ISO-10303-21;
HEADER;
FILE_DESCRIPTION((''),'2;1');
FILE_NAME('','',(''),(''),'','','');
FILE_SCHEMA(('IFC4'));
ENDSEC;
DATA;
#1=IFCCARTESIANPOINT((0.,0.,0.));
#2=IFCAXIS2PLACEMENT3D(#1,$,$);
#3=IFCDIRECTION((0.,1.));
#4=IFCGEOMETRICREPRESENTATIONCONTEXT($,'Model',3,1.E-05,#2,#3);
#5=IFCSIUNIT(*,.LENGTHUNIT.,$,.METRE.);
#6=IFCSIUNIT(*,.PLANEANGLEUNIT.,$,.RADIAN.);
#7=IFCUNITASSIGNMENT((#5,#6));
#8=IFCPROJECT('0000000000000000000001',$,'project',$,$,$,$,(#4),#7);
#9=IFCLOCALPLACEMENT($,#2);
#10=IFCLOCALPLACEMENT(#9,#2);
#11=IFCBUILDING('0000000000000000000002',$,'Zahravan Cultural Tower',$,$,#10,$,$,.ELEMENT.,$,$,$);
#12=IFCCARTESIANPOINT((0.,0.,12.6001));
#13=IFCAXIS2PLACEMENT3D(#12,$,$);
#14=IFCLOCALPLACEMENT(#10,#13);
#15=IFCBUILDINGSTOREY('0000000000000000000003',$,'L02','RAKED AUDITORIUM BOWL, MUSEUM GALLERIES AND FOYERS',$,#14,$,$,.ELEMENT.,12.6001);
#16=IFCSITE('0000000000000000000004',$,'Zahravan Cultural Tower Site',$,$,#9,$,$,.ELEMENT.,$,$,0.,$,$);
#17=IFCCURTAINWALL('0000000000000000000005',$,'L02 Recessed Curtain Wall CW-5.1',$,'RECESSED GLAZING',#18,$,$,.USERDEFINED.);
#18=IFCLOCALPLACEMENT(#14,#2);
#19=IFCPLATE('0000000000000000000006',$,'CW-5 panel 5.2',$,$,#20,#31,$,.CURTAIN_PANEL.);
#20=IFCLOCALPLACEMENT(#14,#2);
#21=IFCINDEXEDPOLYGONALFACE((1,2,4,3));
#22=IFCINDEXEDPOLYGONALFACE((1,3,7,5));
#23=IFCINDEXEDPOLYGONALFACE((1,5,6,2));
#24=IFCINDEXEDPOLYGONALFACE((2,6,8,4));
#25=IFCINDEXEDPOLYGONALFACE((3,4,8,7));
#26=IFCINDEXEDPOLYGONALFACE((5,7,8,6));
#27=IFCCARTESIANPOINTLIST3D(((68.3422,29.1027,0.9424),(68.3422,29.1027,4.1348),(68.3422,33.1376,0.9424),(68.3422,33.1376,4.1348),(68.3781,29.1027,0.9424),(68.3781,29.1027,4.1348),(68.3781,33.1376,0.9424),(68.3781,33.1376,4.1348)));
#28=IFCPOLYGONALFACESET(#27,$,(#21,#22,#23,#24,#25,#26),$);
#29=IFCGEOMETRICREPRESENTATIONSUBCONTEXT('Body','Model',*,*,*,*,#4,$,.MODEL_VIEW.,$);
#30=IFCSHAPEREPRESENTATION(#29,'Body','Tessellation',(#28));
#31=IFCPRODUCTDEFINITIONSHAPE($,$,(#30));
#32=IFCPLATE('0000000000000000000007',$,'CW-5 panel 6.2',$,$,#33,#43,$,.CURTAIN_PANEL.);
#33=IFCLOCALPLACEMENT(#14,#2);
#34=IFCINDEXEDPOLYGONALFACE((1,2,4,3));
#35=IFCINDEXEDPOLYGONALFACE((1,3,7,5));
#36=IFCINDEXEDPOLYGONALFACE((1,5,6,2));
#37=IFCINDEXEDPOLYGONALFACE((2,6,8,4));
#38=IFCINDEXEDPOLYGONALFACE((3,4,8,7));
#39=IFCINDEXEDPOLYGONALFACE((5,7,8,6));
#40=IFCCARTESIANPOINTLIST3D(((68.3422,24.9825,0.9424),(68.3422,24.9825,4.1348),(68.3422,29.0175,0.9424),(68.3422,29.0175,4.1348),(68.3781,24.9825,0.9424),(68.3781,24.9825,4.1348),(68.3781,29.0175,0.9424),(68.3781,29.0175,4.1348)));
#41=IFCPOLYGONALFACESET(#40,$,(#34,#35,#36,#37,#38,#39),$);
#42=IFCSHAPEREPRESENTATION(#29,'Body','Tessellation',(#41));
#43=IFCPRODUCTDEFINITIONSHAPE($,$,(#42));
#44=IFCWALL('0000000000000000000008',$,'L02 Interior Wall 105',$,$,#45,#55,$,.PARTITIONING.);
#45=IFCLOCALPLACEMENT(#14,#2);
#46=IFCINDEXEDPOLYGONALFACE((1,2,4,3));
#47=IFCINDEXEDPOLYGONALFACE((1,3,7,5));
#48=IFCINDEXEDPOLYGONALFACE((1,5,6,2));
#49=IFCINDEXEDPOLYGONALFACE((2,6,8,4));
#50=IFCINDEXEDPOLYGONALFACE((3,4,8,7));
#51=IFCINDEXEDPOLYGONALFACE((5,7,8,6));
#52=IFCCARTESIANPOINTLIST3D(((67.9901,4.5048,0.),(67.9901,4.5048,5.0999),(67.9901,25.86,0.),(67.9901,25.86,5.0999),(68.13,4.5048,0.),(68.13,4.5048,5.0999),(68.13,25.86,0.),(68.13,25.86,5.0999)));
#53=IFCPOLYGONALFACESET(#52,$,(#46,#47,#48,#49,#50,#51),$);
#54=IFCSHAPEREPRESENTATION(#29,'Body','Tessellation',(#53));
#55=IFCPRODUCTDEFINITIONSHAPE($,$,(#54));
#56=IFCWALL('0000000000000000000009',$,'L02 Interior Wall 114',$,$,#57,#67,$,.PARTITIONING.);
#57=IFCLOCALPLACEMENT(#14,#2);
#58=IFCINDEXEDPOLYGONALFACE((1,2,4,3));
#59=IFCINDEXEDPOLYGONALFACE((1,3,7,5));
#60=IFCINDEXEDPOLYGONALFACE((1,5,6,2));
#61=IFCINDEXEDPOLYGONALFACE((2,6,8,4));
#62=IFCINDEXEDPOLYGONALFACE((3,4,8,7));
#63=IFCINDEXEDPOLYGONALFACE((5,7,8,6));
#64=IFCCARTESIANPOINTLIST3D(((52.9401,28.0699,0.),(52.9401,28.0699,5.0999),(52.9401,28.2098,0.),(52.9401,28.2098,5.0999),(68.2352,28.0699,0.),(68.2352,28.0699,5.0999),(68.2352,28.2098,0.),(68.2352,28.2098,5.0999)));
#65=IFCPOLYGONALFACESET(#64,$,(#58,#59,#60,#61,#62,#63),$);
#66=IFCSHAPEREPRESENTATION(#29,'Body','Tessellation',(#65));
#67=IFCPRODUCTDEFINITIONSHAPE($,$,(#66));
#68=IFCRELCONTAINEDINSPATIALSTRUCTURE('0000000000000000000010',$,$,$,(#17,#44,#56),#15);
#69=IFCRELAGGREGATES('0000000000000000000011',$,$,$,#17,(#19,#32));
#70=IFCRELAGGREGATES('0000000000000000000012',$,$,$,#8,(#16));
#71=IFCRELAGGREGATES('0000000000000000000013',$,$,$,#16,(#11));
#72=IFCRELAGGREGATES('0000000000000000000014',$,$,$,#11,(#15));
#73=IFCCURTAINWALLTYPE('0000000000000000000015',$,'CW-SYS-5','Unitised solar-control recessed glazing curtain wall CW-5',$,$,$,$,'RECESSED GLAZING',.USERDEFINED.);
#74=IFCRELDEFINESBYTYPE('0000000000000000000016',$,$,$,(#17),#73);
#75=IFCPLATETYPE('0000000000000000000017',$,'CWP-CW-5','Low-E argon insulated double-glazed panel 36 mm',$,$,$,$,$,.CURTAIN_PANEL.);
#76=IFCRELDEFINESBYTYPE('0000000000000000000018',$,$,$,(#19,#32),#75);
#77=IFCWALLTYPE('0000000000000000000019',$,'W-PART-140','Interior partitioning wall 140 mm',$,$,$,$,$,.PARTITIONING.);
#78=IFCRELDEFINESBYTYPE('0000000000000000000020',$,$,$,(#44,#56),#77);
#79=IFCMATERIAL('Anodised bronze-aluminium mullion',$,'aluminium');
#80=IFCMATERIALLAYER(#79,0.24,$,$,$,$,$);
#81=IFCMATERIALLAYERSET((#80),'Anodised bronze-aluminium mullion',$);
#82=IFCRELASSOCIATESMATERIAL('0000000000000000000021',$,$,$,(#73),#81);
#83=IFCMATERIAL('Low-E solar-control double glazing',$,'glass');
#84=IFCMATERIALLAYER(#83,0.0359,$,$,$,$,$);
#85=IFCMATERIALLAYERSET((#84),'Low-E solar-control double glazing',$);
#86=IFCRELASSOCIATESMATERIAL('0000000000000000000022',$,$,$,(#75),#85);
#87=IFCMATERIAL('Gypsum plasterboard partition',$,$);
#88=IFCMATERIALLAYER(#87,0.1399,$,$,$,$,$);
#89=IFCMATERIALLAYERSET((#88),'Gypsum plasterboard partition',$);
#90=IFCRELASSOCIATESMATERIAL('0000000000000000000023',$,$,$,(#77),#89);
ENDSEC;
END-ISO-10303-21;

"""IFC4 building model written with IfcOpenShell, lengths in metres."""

from ifc_helpers import new_model, si_unit, direction, frame, frame_2d, origin, origin_2d, place, context, subcontext, project, spatial, rectangle, extrude, source, transform, mapped, material, layer, layer_set, type_object, element, aggregate, save


model = new_model("IFC4")

# Units and contexts
model_context = context("Model", 3, precision=1e-05, world=origin(), true_north=direction((0.0, 1.0)))
body_context = subcontext(model_context, "Body", "Model", "MODEL_VIEW")
ifc_project = project(units=[si_unit("LENGTHUNIT", "METRE"), si_unit("PLANEANGLEUNIT", "RADIAN")], contexts=[model_context])

# Site, building, storey
site_placement = place(None, origin())
site = spatial("IfcSite", under=ifc_project, at=site_placement, Name="Zahravan Cultural Tower Site", CompositionType="ELEMENT", RefElevation=0.0)
building_placement = place(site_placement, origin())
building = spatial("IfcBuilding", under=site, at=building_placement, Name="Zahravan Cultural Tower", CompositionType="ELEMENT")
storey_placement = place(building_placement, frame((0.0, 0.0, 12.6001)))
storey = spatial("IfcBuildingStorey", under=building, at=storey_placement, Name="L02", Description="RAKED AUDITORIUM BOWL, MUSEUM GALLERIES AND FOYERS", CompositionType="ELEMENT", Elevation=12.6001)

# Curtain wall, plates
ifc_material_1 = material(Name="Anodised bronze-aluminium mullion", Category="aluminium")
ifc_layer_1 = layer(ifc_material_1, 0.24)
ifc_layer_set_1 = layer_set([ifc_layer_1], Name="Anodised bronze-aluminium mullion")
curtain_wall_type = type_object("IfcCurtainWallType", Name="CW-SYS-5", Description="Unitised solar-control recessed glazing curtain wall CW-5", ElementType="RECESSED GLAZING", PredefinedType="USERDEFINED", material=ifc_layer_set_1)
curtain_wall_placement = place(storey_placement, origin())
curtain_wall = element("IfcCurtainWall", 1, at=curtain_wall_placement, inside=storey, type_object=curtain_wall_type, Name="L02 Recessed Curtain Wall CW-5.1", ObjectType="RECESSED GLAZING", PredefinedType="USERDEFINED")
ifc_material_2 = material(Name="Low-E solar-control double glazing", Category="glass")
ifc_layer_2 = layer(ifc_material_2, 0.0359)
ifc_layer_set_2 = layer_set([ifc_layer_2], Name="Low-E solar-control double glazing")
plate_type = type_object("IfcPlateType", Name="CWP-CW-5", Description="Low-E argon insulated double-glazed panel 36 mm", PredefinedType="CURTAIN_PANEL", material=ifc_layer_set_2)
shared_shape_1 = source(origin(), body_context, "Body", "SweptSolid", [
    extrude(rectangle(XDim=4.0349, YDim=0.0359, at=origin_2d()), origin(), (0.0, 0.0, 1.0), 3.1924),
])
plate_1_placement = place(storey_placement, frame((68.3601, 31.1201, 0.9424), z_axis=(0.0, 0.0, 1.0), x_axis=(0.0, -1.0, 0.0)))
plate_1 = element("IfcPlate", 2, at=plate_1_placement, type_object=plate_type, Name="CW-5 panel 5.2", PredefinedType="CURTAIN_PANEL", context=body_context, shape_type="MappedRepresentation", body=[
    mapped(shared_shape_1, transform((0.0, 0.0, 0.0), x_axis=(1.0, 0.0, 0.0), y_axis=(0.0, 1.0, 0.0), z_axis=(0.0, 0.0, 1.0), scale=1.0)),
])
plate_2_placement = place(storey_placement, frame((68.3601, 27.0, 0.9424), z_axis=(0.0, 0.0, 1.0), x_axis=(0.0, -1.0, 0.0)))
plate_2 = element("IfcPlate", 3, at=plate_2_placement, type_object=plate_type, Name="CW-5 panel 6.2", PredefinedType="CURTAIN_PANEL", context=body_context, shape_type="MappedRepresentation", body=[
    mapped(shared_shape_1, transform((0.0, 0.0, 0.0), x_axis=(1.0, 0.0, 0.0), y_axis=(0.0, 1.0, 0.0), z_axis=(0.0, 0.0, 1.0), scale=1.0)),
])
aggregate(curtain_wall, [plate_1, plate_2])

# Walls
ifc_material_3 = material(Name="Gypsum plasterboard partition")
ifc_layer_3 = layer(ifc_material_3, 0.1399)
ifc_layer_set_3 = layer_set([ifc_layer_3], Name="Gypsum plasterboard partition")
wall_type = type_object("IfcWallType", Name="W-PART-140", Description="Interior partitioning wall 140 mm", PredefinedType="PARTITIONING", material=ifc_layer_set_3)
shared_shape_2 = source(origin(), body_context, "Body", "SweptSolid", [
    extrude(rectangle(XDim=21.3552, YDim=0.1399, at=frame_2d((10.6777, 0.0))), origin(), (0.0, 0.0, 1.0), 5.0999),
])
wall_1_placement = place(storey_placement, frame((68.0601, 25.8601, 0.0), z_axis=(0.0, 0.0, 1.0), x_axis=(0.0, -1.0, 0.0)))
element("IfcWall", 4, at=wall_1_placement, inside=storey, type_object=wall_type, Name="L02 Interior Wall 105", PredefinedType="PARTITIONING", context=body_context, shape_type="MappedRepresentation", body=[
    mapped(shared_shape_2, transform((0.0, 0.0, 0.0), x_axis=(1.0, 0.0, 0.0), y_axis=(0.0, 1.0, 0.0), z_axis=(0.0, 0.0, 1.0), scale=1.0)),
])
shared_shape_3 = source(origin(), body_context, "Body", "SweptSolid", [
    extrude(rectangle(XDim=15.2952, YDim=0.1399, at=frame_2d((7.6475, 0.0))), origin(), (0.0, 0.0, 1.0), 5.0999),
])
wall_2_placement = place(storey_placement, frame((68.2351, 28.1399, 0.0), z_axis=(0.0, 0.0, 1.0), x_axis=(-1.0, 0.0, 0.0)))
element("IfcWall", 5, at=wall_2_placement, inside=storey, type_object=wall_type, Name="L02 Interior Wall 114", PredefinedType="PARTITIONING", context=body_context, shape_type="MappedRepresentation", body=[
    mapped(shared_shape_3, transform((0.0, 0.0, 0.0), x_axis=(1.0, 0.0, 0.0), y_axis=(0.0, 1.0, 0.0), z_axis=(0.0, 0.0, 1.0), scale=1.0)),
])

save(model, "model.ifc")
